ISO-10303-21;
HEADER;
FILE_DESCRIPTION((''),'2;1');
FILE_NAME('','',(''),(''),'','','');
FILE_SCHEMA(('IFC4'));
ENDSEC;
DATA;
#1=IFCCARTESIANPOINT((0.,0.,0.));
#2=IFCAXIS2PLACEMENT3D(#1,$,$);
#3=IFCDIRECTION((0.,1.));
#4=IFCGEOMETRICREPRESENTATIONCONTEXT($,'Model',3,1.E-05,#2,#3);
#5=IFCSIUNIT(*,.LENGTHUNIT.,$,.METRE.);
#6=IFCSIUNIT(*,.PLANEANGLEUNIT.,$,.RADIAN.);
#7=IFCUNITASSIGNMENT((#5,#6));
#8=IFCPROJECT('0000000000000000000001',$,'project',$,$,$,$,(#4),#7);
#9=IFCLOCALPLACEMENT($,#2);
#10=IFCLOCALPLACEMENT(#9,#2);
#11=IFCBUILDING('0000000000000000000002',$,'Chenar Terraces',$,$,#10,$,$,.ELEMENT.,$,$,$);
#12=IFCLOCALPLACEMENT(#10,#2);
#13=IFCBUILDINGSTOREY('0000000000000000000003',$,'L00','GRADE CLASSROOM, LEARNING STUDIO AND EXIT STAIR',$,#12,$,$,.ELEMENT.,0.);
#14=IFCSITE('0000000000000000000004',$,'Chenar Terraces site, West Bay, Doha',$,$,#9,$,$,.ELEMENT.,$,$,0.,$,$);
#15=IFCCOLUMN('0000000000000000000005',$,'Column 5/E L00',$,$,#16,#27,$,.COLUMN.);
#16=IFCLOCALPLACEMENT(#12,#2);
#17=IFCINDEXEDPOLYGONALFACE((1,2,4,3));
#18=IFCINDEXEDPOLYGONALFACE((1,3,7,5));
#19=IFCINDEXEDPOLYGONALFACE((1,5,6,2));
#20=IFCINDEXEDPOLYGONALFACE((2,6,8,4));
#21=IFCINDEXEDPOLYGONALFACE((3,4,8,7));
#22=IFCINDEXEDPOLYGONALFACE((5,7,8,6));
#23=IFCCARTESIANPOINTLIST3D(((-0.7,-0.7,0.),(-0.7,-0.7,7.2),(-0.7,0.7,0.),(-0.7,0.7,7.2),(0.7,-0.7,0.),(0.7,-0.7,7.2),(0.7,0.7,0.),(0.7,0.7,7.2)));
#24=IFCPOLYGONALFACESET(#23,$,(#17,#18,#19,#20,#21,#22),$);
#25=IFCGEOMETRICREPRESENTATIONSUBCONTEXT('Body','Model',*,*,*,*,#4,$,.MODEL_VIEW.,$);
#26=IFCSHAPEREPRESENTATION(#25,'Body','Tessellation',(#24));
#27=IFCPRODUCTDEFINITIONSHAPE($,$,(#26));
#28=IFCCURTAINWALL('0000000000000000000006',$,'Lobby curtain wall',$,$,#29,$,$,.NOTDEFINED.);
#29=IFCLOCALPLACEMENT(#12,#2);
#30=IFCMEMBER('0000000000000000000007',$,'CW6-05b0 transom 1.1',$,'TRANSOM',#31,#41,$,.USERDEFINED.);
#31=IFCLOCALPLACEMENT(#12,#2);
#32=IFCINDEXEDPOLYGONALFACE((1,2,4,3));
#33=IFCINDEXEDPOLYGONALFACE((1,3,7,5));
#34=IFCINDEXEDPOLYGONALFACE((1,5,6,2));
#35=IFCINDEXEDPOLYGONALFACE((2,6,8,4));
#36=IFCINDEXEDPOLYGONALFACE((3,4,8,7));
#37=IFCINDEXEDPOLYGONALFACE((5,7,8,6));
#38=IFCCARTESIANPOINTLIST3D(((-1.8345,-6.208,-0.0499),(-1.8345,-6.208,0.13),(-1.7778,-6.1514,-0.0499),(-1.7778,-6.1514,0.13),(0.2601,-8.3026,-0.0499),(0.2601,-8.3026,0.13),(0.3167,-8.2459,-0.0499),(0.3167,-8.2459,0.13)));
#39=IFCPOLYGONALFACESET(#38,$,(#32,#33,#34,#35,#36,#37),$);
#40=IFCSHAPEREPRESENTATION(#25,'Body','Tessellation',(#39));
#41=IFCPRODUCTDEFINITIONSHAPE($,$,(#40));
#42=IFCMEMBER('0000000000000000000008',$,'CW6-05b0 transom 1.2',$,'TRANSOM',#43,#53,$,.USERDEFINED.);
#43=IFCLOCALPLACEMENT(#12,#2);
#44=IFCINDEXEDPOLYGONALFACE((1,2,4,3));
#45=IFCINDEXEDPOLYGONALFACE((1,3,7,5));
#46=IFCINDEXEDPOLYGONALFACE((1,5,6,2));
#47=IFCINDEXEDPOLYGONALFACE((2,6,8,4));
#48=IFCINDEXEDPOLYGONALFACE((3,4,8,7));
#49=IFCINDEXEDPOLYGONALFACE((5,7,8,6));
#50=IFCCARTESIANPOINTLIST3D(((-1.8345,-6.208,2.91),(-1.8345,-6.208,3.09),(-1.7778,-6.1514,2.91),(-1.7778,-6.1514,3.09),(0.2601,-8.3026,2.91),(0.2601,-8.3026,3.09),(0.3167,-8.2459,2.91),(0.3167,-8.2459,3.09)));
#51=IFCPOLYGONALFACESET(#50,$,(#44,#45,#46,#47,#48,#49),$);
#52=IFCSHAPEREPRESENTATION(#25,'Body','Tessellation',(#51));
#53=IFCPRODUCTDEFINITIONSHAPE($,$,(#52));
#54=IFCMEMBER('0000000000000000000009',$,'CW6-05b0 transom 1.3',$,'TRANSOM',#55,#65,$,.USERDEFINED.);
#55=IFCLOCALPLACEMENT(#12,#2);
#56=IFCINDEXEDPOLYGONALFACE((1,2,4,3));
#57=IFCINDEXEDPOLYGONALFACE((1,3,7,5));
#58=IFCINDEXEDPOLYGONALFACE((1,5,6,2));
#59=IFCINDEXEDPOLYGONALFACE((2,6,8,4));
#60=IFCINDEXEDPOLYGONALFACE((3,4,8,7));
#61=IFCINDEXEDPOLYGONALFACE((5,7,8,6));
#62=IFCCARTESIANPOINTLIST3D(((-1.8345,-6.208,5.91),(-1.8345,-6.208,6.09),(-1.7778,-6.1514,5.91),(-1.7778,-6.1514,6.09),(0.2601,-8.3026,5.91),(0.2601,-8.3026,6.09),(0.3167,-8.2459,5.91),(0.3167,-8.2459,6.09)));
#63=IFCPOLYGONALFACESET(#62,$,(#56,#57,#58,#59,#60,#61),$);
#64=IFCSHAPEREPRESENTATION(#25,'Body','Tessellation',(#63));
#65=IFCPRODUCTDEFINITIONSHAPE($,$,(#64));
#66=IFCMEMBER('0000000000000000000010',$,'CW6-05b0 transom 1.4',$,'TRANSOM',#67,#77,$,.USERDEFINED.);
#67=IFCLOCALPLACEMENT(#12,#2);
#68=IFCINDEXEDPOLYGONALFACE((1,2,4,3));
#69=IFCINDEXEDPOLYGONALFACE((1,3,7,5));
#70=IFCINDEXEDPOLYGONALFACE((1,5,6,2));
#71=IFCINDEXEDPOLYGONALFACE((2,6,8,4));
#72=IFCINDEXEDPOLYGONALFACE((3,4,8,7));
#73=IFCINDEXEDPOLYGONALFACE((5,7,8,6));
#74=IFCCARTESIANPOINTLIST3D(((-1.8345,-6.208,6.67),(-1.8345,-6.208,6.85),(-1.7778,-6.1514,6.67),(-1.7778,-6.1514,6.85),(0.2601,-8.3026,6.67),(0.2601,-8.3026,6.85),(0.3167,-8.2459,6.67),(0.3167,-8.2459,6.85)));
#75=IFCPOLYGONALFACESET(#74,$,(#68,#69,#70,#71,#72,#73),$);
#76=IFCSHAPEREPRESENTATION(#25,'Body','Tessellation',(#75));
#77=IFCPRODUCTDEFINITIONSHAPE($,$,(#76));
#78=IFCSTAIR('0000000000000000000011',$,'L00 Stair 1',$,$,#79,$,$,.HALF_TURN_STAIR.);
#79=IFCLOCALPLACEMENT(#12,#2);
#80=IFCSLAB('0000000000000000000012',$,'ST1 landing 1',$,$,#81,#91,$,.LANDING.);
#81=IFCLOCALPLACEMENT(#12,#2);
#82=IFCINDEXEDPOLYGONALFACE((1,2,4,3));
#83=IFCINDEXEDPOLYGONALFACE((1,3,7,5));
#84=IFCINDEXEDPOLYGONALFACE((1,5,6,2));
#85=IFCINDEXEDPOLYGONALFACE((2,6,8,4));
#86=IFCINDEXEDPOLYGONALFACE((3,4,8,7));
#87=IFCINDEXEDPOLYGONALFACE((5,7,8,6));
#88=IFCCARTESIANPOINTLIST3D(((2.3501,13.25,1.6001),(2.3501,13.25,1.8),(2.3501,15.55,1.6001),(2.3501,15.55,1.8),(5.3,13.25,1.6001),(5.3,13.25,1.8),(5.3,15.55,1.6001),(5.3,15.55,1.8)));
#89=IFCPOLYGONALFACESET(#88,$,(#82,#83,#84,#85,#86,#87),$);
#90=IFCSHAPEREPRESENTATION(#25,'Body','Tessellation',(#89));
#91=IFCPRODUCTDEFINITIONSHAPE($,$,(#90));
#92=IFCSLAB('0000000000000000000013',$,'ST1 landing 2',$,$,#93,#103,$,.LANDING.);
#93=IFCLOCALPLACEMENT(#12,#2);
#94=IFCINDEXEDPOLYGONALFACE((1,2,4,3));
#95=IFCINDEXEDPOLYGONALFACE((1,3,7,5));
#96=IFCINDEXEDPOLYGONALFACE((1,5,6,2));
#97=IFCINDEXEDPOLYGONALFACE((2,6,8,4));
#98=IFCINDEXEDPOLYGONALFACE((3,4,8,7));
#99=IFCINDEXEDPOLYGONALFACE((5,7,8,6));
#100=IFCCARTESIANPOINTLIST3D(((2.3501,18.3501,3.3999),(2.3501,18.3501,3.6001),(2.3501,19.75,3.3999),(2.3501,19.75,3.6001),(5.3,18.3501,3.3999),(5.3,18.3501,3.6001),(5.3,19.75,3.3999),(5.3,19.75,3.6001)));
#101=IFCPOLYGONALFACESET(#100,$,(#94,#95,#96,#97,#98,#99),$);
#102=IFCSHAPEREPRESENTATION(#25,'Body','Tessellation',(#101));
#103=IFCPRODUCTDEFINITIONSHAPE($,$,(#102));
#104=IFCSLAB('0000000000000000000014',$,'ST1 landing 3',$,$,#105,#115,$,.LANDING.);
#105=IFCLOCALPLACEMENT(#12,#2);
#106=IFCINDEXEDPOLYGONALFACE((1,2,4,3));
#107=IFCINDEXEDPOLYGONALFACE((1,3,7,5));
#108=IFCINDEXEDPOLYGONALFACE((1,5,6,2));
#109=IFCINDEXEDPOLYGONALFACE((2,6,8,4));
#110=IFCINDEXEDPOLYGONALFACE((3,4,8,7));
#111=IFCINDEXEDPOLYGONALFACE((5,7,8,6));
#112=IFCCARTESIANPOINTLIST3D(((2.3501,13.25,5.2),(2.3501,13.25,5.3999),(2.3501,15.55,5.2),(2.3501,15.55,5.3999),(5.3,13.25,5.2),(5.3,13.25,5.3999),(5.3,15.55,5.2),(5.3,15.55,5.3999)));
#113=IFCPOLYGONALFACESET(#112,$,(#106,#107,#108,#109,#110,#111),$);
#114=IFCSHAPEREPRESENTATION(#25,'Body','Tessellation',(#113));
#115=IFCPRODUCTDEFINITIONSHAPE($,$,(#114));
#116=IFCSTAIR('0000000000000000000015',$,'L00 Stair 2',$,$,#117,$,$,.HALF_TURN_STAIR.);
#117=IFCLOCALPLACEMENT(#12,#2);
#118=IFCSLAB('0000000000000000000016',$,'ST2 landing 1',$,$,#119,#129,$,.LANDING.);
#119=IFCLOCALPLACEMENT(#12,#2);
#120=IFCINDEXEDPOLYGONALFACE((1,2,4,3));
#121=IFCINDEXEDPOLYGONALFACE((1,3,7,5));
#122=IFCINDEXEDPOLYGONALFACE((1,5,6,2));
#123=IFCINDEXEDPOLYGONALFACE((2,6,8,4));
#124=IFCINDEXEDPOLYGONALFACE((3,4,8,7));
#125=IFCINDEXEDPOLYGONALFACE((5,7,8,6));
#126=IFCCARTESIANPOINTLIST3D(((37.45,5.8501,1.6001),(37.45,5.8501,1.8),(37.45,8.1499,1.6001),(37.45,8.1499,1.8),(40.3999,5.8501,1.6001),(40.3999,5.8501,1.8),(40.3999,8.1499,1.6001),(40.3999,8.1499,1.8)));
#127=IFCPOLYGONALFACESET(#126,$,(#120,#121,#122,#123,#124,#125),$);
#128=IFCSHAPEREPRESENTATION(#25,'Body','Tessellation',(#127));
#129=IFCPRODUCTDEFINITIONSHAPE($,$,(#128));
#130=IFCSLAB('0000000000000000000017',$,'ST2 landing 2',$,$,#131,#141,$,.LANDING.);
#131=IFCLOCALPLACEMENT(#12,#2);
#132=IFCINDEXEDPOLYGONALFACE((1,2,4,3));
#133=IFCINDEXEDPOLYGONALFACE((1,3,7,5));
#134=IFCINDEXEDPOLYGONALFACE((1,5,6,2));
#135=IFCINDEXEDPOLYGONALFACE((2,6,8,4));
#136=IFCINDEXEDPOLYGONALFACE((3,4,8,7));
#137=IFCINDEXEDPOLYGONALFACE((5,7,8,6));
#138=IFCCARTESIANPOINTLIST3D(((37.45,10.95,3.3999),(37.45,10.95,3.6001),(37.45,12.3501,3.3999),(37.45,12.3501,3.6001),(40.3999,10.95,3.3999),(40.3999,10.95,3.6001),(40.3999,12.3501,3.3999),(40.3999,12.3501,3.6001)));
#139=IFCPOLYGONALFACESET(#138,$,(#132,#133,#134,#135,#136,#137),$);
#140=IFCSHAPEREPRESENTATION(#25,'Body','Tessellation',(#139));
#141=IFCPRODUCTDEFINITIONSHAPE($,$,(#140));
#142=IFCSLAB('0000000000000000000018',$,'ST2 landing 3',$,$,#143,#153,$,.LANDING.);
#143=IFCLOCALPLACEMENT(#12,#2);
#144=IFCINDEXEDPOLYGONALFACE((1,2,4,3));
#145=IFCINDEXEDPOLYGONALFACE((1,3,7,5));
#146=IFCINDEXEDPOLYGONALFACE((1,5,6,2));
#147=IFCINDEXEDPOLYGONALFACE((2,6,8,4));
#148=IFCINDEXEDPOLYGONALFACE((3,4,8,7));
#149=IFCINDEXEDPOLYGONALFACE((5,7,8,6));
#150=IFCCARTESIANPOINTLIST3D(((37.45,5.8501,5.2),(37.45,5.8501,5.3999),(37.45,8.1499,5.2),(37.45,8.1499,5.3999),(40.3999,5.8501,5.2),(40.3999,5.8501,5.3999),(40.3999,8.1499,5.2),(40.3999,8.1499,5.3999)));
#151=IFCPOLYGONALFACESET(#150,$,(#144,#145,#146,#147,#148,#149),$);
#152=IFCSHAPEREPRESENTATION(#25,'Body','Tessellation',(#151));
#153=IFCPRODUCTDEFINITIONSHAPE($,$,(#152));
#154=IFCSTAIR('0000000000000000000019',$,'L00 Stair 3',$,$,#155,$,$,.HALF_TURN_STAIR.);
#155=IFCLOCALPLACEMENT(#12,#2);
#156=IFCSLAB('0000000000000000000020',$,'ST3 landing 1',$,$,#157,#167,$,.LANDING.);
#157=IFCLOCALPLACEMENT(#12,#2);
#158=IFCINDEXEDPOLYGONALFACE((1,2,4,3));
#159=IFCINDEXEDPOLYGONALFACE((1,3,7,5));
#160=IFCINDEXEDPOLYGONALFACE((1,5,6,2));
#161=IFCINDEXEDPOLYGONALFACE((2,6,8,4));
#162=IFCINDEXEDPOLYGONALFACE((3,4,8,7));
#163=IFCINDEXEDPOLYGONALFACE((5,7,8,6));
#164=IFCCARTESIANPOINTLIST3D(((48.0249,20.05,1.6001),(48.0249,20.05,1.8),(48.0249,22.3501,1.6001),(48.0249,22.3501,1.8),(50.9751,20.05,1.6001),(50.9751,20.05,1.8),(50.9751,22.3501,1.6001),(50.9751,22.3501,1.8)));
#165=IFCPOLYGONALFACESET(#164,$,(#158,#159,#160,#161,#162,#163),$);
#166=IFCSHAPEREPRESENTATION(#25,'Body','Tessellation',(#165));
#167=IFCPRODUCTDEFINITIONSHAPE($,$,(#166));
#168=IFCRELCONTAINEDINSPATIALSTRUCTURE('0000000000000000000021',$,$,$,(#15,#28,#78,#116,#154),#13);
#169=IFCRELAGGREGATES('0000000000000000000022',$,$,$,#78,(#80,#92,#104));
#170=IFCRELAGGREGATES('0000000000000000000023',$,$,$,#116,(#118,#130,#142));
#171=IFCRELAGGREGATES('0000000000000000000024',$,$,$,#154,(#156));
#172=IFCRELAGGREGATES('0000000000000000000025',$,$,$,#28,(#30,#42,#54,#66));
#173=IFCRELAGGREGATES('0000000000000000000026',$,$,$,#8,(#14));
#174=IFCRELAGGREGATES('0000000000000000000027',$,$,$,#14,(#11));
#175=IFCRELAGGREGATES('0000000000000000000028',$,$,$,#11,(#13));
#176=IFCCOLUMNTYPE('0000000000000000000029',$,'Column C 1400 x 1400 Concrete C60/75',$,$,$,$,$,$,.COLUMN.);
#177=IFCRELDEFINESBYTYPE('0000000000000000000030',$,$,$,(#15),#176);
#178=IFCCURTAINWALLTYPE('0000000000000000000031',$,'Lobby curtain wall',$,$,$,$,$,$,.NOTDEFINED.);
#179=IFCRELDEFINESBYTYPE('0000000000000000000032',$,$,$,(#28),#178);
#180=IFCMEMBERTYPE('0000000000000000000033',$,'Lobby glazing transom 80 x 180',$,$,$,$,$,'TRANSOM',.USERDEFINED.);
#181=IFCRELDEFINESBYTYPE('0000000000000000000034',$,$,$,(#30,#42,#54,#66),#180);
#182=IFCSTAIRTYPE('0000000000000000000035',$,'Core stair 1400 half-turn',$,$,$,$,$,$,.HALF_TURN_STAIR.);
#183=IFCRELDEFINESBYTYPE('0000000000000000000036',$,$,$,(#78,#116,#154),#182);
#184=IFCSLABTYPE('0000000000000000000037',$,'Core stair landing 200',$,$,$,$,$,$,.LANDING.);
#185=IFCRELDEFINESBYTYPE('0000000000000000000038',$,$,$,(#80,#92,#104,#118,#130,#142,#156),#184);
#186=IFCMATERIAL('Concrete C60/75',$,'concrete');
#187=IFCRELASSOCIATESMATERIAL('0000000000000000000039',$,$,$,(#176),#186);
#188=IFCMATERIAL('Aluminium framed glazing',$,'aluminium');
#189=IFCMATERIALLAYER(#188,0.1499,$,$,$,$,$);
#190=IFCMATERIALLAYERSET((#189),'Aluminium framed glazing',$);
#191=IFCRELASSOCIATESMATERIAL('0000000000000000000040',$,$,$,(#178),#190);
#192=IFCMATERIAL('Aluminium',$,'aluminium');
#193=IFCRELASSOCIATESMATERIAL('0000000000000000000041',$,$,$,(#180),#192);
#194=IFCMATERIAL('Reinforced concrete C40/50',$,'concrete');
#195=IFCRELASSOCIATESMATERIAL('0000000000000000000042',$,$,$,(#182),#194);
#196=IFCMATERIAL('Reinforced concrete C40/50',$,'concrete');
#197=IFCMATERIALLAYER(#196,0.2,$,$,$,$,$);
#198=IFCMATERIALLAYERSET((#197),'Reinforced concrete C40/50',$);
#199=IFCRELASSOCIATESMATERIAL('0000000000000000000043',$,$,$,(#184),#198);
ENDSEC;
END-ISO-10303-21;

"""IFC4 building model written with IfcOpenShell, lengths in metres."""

from ifc_helpers import new_model, si_unit, direction, frame, origin, origin_with_axes, origin_2d, place, context, subcontext, project, spatial, polyline, rectangle, outline, extrude, material, layer, layer_set, material_profile, profile_set, type_object, element, aggregate, save


model = new_model("IFC4")

# Units and contexts
model_context = context("Model", 3, precision=1e-05, world=origin(), true_north=direction((0.0, 1.0)))
body_context = subcontext(model_context, "Body", "Model", "MODEL_VIEW")
ifc_project = project(units=[si_unit("LENGTHUNIT", "METRE"), si_unit("PLANEANGLEUNIT", "RADIAN")], contexts=[model_context])

# Site, building, storey
site_placement = place(None, origin())
site = spatial("IfcSite", under=ifc_project, at=site_placement, Name="Chenar Terraces site, West Bay, Doha", CompositionType="ELEMENT", RefElevation=0.0)
building_placement = place(site_placement, origin())
building = spatial("IfcBuilding", under=site, at=building_placement, Name="Chenar Terraces", CompositionType="ELEMENT")
storey_placement = place(building_placement, origin())
storey = spatial("IfcBuildingStorey", under=building, at=storey_placement, Name="L00", Description="GRADE CLASSROOM, LEARNING STUDIO AND EXIT STAIR", CompositionType="ELEMENT", Elevation=0.0)

# Column
ifc_material_1 = material(Name="Concrete C60/75", Category="concrete")
ifc_material_profile_1 = material_profile(ifc_material_1, rectangle(XDim=1.3999, YDim=1.3999, at=origin_2d()), Name="C 1400 x 1400")
ifc_profile_set_1 = profile_set([ifc_material_profile_1], Name="Concrete C60/75")
column_type = type_object("IfcColumnType", Name="Column C 1400 x 1400 Concrete C60/75", PredefinedType="COLUMN", material=ifc_profile_set_1)
column_placement = place(storey_placement, origin_with_axes())
element("IfcColumn", 1, at=column_placement, inside=storey, type_object=column_type, Name="Column 5/E L00", PredefinedType="COLUMN", context=body_context, shape_type="SweptSolid", body=[
    extrude(rectangle(XDim=1.3999, YDim=1.3999, at=origin_2d()), origin(), (0.0, 0.0, 1.0), 7.2),
])

# Curtain wall, members
ifc_material_2 = material(Name="Aluminium framed glazing", Category="aluminium")
ifc_layer_1 = layer(ifc_material_2, 0.1499)
ifc_layer_set_1 = layer_set([ifc_layer_1], Name="Aluminium framed glazing")
curtain_wall_type = type_object("IfcCurtainWallType", Name="Lobby curtain wall", PredefinedType="NOTDEFINED", material=ifc_layer_set_1)
placement_1 = place(storey_placement, origin())
curtain_wall = element("IfcCurtainWall", 2, at=placement_1, inside=storey, type_object=curtain_wall_type, Name="Lobby curtain wall", PredefinedType="NOTDEFINED")
ifc_material_3 = material(Name="Aluminium", Category="aluminium")
ifc_material_profile_2 = material_profile(ifc_material_3, rectangle(XDim=0.0801, YDim=0.1799, at=origin_2d()), Name="Lobby glazing transom 80 x 180")
ifc_profile_set_2 = profile_set([ifc_material_profile_2], Name="Aluminium")
member_type = type_object("IfcMemberType", Name="Lobby glazing transom 80 x 180", ElementType="TRANSOM", PredefinedType="USERDEFINED", material=ifc_profile_set_2)
member_1_placement = place(storey_placement, frame((-1.8062, -6.1797, 0.04), z_axis=(0.707107, -0.707107, 0.0), x_axis=(0.707107, 0.707107, 0.0)))
member_1 = element("IfcMember", 3, at=member_1_placement, type_object=member_type, Name="CW6-05b0 transom 1.1", ObjectType="TRANSOM", PredefinedType="USERDEFINED", context=body_context, shape_type="SweptSolid", body=[
    extrude(rectangle(XDim=0.0801, YDim=0.1799, at=origin_2d()), origin(), (0.0, 0.0, 1.0), 2.9622),
])
member_2_placement = place(storey_placement, frame((-1.8062, -6.1797, 3.0), z_axis=(0.707107, -0.707107, 0.0), x_axis=(0.707107, 0.707107, 0.0)))
member_2 = element("IfcMember", 4, at=member_2_placement, type_object=member_type, Name="CW6-05b0 transom 1.2", ObjectType="TRANSOM", PredefinedType="USERDEFINED", context=body_context, shape_type="SweptSolid", body=[
    extrude(rectangle(XDim=0.0801, YDim=0.1799, at=origin_2d()), origin(), (0.0, 0.0, 1.0), 2.9622),
])
member_3_placement = place(storey_placement, frame((-1.8062, -6.1797, 6.0), z_axis=(0.707107, -0.707107, 0.0), x_axis=(0.707107, 0.707107, 0.0)))
member_3 = element("IfcMember", 5, at=member_3_placement, type_object=member_type, Name="CW6-05b0 transom 1.3", ObjectType="TRANSOM", PredefinedType="USERDEFINED", context=body_context, shape_type="SweptSolid", body=[
    extrude(rectangle(XDim=0.0801, YDim=0.1799, at=origin_2d()), origin(), (0.0, 0.0, 1.0), 2.9622),
])
member_4_placement = place(storey_placement, frame((-1.8062, -6.1797, 6.76), z_axis=(0.707107, -0.707107, 0.0), x_axis=(0.707107, 0.707107, 0.0)))
member_4 = element("IfcMember", 6, at=member_4_placement, type_object=member_type, Name="CW6-05b0 transom 1.4", ObjectType="TRANSOM", PredefinedType="USERDEFINED", context=body_context, shape_type="SweptSolid", body=[
    extrude(rectangle(XDim=0.0801, YDim=0.1799, at=origin_2d()), origin(), (0.0, 0.0, 1.0), 2.9622),
])

# Stairs, slabs
ifc_material_4 = material(Name="Reinforced concrete C40/50", Category="concrete")
stair_type = type_object("IfcStairType", Name="Core stair 1400 half-turn", PredefinedType="HALF_TURN_STAIR", material=ifc_material_4)
stair_1 = element("IfcStair", 7, at=placement_1, inside=storey, type_object=stair_type, Name="L00 Stair 1", PredefinedType="HALF_TURN_STAIR")
ifc_material_5 = material(Name="Reinforced concrete C40/50", Category="concrete")
ifc_layer_2 = layer(ifc_material_5, 0.2)
ifc_layer_set_2 = layer_set([ifc_layer_2], Name="Reinforced concrete C40/50")
slab_type_1 = type_object("IfcSlabType", Name="Core stair landing 200", PredefinedType="LANDING", material=ifc_layer_set_2)
placement_2 = place(storey_placement, frame((0.0, 0.0, 1.6001)))
slab_1 = element("IfcSlab", 8, at=placement_2, type_object=slab_type_1, Name="ST1 landing 1", PredefinedType="LANDING", context=body_context, shape_type="SweptSolid", body=[
    extrude(outline(polyline([(2.3501, 15.55), (2.3501, 13.25), (5.3, 13.25), (5.3, 15.55), (2.3501, 15.55)])), origin(), (0.0, 0.0, 1.0), 0.2),
])
placement_3 = place(storey_placement, frame((0.0, 0.0, 3.3999)))
slab_2 = element("IfcSlab", 9, at=placement_3, type_object=slab_type_1, Name="ST1 landing 2", PredefinedType="LANDING", context=body_context, shape_type="SweptSolid", body=[
    extrude(outline(polyline([(2.3501, 19.75), (2.3501, 18.3501), (5.3, 18.3501), (5.3, 19.75), (2.3501, 19.75)])), origin(), (0.0, 0.0, 1.0), 0.2002),
])
placement_4 = place(storey_placement, frame((0.0, 0.0, 5.2)))
slab_3 = element("IfcSlab", 10, at=placement_4, type_object=slab_type_1, Name="ST1 landing 3", PredefinedType="LANDING", context=body_context, shape_type="SweptSolid", body=[
    extrude(outline(polyline([(2.3501, 15.55), (2.3501, 13.25), (5.3, 13.25), (5.3, 15.55), (2.3501, 15.55)])), origin(), (0.0, 0.0, 1.0), 0.2),
])
aggregate(stair_1, [slab_1, slab_2, slab_3])
stair_2 = element("IfcStair", 11, at=placement_1, inside=storey, type_object=stair_type, Name="L00 Stair 2", PredefinedType="HALF_TURN_STAIR")
slab_4 = element("IfcSlab", 12, at=placement_2, type_object=slab_type_1, Name="ST2 landing 1", PredefinedType="LANDING", context=body_context, shape_type="SweptSolid", body=[
    extrude(outline(polyline([(37.45, 8.1499), (37.45, 5.8501), (40.3999, 5.8501), (40.3999, 8.1499), (37.45, 8.1499)])), origin(), (0.0, 0.0, 1.0), 0.2),
])
slab_5 = element("IfcSlab", 13, at=placement_3, type_object=slab_type_1, Name="ST2 landing 2", PredefinedType="LANDING", context=body_context, shape_type="SweptSolid", body=[
    extrude(outline(polyline([(37.45, 12.3501), (37.45, 10.95), (40.3999, 10.95), (40.3999, 12.3501), (37.45, 12.3501)])), origin(), (0.0, 0.0, 1.0), 0.2002),
])
slab_6 = element("IfcSlab", 14, at=placement_4, type_object=slab_type_1, Name="ST2 landing 3", PredefinedType="LANDING", context=body_context, shape_type="SweptSolid", body=[
    extrude(outline(polyline([(37.45, 8.1499), (37.45, 5.8501), (40.3999, 5.8501), (40.3999, 8.1499), (37.45, 8.1499)])), origin(), (0.0, 0.0, 1.0), 0.2),
])
aggregate(stair_2, [slab_4, slab_5, slab_6])

# Stair, slab
stair_3 = element("IfcStair", 15, at=placement_1, inside=storey, type_object=stair_type, Name="L00 Stair 3", PredefinedType="HALF_TURN_STAIR")
slab_7 = element("IfcSlab", 16, at=placement_2, type_object=slab_type_1, Name="ST3 landing 1", PredefinedType="LANDING", context=body_context, shape_type="SweptSolid", body=[
    extrude(outline(polyline([(50.9751, 20.05), (50.9751, 22.3501), (48.0249, 22.3501), (48.0249, 20.05), (50.9751, 20.05)])), origin(), (0.0, 0.0, 1.0), 0.2),
])
aggregate(stair_3, [slab_7])

aggregate(curtain_wall, [member_1, member_2, member_3, member_4])

save(model, "model.ifc")
